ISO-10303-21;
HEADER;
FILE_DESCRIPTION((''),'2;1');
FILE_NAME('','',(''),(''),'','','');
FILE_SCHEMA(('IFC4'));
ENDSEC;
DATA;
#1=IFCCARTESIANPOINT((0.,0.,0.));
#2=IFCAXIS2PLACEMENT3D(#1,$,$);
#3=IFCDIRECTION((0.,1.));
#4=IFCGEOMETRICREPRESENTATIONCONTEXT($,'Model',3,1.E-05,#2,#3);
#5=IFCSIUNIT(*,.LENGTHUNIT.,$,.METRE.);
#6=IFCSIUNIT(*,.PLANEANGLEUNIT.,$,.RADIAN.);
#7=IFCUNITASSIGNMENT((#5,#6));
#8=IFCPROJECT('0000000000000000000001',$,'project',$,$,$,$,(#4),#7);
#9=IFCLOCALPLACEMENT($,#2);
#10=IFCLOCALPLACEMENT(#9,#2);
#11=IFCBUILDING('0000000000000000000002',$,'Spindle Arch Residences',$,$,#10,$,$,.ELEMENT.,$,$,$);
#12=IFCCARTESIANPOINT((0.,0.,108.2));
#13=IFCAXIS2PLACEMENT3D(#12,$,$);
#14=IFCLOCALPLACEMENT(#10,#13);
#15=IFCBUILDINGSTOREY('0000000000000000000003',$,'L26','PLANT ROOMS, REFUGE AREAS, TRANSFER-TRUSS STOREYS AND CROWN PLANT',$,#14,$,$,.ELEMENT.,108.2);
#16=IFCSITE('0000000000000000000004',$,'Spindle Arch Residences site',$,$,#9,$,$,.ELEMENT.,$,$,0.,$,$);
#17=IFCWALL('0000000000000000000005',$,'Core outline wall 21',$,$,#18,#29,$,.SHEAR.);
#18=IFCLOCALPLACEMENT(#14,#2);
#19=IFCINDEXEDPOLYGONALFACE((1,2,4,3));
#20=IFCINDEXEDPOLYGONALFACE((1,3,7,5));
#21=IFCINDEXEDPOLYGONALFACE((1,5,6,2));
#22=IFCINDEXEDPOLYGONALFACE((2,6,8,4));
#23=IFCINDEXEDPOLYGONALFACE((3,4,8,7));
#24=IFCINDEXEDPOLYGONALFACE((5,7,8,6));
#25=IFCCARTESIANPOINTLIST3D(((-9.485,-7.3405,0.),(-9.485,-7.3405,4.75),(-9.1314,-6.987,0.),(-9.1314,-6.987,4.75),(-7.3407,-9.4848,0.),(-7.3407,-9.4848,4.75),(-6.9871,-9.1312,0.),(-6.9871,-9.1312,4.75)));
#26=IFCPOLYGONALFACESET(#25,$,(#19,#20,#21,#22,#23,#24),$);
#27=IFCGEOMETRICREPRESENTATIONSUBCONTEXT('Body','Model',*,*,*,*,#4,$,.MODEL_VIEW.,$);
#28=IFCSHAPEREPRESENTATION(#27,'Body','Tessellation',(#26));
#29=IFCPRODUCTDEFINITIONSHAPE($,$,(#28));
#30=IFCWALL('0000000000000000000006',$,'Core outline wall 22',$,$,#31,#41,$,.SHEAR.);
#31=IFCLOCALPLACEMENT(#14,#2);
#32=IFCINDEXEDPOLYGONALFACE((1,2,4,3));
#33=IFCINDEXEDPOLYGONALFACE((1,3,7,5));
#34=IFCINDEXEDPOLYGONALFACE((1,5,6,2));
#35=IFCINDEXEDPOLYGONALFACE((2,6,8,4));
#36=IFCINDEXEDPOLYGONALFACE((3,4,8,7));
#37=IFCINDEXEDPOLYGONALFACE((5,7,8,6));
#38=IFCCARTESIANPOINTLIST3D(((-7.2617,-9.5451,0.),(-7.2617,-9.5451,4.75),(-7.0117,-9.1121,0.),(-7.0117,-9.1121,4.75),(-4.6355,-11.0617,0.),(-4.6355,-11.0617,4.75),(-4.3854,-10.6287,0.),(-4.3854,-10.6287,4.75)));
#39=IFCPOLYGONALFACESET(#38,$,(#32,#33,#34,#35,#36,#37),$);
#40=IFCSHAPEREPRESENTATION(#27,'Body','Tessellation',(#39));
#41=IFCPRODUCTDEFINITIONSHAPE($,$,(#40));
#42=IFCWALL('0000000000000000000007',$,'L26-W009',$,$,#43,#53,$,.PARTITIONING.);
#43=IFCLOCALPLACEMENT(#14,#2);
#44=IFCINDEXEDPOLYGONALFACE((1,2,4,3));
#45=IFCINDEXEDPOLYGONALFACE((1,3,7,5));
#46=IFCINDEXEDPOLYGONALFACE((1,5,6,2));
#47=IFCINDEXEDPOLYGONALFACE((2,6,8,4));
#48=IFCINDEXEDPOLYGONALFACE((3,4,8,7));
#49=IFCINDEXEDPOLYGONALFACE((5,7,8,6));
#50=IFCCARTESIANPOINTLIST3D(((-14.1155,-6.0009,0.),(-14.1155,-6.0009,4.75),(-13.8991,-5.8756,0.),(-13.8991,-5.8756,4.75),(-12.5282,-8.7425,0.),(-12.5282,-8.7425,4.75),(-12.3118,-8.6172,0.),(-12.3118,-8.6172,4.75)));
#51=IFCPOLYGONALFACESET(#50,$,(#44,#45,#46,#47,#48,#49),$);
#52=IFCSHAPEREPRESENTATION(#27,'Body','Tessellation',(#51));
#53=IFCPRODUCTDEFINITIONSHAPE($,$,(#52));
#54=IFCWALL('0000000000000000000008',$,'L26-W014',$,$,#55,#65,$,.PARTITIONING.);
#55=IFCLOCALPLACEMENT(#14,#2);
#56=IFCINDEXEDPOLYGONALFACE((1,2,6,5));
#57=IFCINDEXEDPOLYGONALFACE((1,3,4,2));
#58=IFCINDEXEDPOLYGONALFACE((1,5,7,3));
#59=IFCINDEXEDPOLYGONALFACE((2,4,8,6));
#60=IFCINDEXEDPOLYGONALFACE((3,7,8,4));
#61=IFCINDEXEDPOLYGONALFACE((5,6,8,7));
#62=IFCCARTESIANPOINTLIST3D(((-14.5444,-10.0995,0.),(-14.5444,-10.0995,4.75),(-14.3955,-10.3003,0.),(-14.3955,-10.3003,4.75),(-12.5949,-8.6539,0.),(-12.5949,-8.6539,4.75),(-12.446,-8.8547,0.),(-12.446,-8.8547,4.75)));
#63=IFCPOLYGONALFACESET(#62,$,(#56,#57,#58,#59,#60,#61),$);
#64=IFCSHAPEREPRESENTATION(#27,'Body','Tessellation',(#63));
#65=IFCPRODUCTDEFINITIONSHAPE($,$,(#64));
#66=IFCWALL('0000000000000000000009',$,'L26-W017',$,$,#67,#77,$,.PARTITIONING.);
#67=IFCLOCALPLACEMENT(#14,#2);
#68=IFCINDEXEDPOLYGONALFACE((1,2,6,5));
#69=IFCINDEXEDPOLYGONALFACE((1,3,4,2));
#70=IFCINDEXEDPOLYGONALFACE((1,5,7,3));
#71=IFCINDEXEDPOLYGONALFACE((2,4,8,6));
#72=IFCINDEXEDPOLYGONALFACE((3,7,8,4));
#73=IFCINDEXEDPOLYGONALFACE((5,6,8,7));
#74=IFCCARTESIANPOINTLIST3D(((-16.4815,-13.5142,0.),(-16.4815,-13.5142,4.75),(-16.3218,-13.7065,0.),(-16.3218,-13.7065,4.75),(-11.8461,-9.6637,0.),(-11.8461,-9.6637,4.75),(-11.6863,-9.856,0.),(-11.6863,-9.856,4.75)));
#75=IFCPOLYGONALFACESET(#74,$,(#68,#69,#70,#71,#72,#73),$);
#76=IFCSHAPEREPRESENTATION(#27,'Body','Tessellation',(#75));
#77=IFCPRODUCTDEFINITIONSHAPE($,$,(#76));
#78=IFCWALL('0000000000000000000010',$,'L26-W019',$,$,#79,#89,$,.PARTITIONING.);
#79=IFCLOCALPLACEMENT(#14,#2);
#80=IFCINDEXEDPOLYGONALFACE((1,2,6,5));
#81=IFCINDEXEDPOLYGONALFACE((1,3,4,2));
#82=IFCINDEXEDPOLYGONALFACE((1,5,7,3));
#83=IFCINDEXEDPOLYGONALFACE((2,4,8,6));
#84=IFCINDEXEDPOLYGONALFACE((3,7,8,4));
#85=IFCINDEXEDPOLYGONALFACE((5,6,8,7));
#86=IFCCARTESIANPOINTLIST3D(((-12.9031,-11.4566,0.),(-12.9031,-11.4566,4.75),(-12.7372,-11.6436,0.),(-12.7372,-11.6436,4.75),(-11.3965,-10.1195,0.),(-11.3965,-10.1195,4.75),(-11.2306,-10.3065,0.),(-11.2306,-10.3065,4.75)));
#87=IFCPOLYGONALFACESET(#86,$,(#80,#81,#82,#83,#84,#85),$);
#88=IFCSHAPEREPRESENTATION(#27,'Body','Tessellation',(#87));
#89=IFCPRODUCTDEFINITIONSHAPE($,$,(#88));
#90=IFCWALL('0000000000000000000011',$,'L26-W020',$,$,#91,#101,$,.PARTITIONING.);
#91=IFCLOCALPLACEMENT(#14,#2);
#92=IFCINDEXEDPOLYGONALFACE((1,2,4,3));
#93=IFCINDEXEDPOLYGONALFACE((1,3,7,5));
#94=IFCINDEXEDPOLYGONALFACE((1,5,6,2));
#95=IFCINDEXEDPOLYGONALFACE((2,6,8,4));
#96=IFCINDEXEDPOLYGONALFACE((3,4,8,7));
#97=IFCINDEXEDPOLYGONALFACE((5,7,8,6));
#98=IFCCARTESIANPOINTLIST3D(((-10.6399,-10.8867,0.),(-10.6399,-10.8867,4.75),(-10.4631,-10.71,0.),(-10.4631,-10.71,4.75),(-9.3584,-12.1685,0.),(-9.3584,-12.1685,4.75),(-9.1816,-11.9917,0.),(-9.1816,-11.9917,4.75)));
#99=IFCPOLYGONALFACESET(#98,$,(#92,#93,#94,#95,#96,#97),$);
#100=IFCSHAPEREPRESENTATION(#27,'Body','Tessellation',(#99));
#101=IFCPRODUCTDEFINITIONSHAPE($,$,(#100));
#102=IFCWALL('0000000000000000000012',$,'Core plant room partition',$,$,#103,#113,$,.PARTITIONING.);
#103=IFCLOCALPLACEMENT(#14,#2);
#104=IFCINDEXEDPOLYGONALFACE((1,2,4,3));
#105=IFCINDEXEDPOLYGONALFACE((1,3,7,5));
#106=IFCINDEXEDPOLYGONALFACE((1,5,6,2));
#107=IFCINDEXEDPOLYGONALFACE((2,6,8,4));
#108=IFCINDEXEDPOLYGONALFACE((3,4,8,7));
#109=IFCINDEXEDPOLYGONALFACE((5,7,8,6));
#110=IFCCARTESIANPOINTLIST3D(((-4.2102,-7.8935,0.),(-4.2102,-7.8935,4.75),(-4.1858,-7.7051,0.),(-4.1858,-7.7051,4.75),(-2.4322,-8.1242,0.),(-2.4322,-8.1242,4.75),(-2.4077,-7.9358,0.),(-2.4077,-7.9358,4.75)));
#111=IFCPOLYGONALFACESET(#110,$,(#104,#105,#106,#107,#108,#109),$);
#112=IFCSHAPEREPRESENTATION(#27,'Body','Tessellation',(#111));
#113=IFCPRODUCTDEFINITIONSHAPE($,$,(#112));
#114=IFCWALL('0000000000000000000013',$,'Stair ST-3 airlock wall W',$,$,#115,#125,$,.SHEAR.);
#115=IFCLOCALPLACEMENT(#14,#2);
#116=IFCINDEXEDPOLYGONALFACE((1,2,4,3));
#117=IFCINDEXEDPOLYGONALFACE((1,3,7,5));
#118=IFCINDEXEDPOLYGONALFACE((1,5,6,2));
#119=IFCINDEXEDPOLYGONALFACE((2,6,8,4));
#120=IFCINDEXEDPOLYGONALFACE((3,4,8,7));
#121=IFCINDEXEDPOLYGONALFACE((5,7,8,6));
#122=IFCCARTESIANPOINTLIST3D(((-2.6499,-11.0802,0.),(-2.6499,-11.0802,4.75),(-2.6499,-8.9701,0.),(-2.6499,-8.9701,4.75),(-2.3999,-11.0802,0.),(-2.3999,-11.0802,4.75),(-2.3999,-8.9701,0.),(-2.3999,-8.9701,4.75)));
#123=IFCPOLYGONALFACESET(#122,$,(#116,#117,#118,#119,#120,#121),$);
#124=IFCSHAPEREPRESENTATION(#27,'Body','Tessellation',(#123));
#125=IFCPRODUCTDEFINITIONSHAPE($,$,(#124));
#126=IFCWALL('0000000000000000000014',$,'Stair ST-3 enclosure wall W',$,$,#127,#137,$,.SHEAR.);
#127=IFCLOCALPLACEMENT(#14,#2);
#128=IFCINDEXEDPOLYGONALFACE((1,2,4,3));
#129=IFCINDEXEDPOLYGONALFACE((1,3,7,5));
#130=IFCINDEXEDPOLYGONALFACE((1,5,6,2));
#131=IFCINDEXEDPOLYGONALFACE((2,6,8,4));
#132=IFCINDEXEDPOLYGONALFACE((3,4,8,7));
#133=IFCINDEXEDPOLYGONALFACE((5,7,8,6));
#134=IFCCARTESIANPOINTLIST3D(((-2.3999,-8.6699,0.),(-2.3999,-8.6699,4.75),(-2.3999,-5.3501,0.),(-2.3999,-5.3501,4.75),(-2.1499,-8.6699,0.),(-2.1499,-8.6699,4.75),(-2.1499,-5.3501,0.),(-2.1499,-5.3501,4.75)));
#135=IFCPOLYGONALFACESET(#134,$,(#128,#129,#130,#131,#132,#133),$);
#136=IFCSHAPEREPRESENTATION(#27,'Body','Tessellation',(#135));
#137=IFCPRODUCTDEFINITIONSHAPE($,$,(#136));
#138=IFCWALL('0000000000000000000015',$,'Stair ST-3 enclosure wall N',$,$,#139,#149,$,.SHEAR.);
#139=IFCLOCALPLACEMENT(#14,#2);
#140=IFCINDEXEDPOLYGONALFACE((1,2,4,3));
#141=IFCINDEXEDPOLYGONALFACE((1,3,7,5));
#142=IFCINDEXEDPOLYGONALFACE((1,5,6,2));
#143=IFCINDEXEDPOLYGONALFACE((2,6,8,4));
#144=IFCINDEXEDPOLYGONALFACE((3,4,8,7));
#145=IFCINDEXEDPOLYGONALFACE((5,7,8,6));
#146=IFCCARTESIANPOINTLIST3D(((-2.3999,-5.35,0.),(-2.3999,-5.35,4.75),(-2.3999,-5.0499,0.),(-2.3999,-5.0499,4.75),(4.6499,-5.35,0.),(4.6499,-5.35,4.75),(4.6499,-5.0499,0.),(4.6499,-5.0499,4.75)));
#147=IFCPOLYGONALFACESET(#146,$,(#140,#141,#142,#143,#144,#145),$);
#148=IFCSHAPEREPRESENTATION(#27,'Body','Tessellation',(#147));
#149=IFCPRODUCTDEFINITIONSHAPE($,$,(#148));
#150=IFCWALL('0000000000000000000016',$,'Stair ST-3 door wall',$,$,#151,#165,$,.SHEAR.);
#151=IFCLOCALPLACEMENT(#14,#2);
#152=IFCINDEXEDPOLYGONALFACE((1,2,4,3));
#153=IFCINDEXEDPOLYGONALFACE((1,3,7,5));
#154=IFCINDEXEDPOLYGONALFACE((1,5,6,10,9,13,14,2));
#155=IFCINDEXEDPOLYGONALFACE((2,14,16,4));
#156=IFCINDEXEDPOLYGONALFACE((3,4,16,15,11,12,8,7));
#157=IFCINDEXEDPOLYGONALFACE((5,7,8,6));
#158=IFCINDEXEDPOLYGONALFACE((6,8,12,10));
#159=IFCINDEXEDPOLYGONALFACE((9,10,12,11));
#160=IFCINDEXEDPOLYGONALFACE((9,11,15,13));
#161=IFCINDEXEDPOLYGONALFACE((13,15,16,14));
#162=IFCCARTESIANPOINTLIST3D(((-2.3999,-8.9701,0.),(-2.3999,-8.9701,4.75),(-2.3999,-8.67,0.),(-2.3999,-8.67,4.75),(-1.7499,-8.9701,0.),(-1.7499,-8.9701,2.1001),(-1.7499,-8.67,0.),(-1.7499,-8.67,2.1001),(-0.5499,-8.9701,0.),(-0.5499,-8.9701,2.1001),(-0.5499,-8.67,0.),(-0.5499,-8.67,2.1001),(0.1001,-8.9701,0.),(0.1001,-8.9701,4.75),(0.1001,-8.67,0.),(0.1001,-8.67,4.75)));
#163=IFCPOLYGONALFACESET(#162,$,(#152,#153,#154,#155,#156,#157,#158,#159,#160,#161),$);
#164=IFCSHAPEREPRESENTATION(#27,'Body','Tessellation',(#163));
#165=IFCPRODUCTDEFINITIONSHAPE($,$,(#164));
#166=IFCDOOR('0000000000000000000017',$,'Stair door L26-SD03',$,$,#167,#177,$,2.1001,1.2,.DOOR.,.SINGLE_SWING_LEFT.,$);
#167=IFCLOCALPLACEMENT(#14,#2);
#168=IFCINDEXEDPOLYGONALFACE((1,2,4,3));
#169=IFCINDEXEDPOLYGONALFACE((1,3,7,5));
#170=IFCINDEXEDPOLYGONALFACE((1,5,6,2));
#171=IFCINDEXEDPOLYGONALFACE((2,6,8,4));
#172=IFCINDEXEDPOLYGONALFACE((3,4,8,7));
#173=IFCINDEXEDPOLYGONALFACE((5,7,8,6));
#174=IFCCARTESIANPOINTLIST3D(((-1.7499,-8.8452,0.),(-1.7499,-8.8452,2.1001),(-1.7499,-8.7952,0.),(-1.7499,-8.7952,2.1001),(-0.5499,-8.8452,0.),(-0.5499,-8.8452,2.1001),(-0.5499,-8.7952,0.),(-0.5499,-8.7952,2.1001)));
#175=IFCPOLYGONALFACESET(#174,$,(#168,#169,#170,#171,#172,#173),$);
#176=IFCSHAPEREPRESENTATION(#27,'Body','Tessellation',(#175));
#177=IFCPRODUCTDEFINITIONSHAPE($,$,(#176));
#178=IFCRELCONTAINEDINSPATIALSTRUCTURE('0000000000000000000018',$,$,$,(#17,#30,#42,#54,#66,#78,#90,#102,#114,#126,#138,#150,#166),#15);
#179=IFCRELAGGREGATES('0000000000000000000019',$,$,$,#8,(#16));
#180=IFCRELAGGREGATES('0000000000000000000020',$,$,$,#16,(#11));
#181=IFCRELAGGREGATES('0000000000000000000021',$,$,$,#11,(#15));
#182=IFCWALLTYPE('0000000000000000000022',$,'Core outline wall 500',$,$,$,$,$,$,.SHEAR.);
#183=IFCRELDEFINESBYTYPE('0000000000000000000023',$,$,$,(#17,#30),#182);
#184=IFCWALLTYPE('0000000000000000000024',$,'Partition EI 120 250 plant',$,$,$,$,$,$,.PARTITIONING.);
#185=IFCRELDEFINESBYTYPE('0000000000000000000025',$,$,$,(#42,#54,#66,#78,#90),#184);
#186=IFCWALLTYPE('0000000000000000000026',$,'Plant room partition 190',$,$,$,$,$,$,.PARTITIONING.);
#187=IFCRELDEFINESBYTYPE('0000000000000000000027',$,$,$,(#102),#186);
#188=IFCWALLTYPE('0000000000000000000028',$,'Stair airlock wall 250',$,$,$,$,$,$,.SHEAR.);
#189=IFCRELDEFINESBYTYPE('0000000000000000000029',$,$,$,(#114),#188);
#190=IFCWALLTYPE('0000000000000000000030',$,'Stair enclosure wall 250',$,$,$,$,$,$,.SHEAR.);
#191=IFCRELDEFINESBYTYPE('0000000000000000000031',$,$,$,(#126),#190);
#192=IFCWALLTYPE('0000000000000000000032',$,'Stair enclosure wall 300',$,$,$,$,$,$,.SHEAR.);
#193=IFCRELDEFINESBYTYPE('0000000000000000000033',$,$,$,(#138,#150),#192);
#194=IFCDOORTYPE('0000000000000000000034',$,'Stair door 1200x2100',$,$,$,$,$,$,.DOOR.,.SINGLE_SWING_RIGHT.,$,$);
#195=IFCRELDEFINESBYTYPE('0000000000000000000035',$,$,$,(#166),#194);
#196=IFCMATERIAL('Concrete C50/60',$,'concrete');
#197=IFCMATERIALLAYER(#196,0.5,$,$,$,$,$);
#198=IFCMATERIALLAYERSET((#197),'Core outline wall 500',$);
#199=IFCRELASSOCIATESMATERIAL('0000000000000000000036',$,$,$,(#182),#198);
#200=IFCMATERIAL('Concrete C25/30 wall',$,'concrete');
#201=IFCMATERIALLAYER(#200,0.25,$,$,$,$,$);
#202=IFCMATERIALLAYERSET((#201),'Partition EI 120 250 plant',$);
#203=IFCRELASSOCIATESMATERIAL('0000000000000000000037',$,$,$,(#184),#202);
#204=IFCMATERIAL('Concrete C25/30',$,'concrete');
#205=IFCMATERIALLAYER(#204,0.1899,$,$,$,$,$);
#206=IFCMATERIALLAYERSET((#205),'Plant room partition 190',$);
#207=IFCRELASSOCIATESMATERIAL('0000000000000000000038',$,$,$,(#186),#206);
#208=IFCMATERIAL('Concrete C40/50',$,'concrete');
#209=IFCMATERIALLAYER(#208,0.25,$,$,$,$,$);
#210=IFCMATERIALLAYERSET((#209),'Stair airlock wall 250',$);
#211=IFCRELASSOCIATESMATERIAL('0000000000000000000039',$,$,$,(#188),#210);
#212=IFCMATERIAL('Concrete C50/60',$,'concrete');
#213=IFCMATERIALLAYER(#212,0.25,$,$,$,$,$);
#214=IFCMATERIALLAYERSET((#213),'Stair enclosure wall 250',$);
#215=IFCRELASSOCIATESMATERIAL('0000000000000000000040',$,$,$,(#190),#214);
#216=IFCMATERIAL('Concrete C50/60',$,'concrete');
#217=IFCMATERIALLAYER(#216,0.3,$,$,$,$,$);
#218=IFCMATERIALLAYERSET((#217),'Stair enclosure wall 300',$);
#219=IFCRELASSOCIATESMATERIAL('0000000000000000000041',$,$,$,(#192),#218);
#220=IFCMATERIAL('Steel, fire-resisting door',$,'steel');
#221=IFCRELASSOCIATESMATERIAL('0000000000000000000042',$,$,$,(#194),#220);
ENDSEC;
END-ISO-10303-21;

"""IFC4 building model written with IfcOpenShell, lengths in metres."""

from ifc_helpers import new_model, si_unit, direction, frame, frame_2d, origin, place, context, subcontext, project, spatial, rectangle, extrude, material, layer, layer_set, type_object, element, fill, save


model = new_model("IFC4")

# Units and contexts
model_context = context("Model", 3, precision=1e-05, world=origin(), true_north=direction((0.0, 1.0)))
body_context = subcontext(model_context, "Body", "Model", "MODEL_VIEW")
ifc_project = project(units=[si_unit("LENGTHUNIT", "METRE"), si_unit("PLANEANGLEUNIT", "RADIAN")], contexts=[model_context])

# Site, building, storey
site_placement = place(None, origin())
site = spatial("IfcSite", under=ifc_project, at=site_placement, Name="Spindle Arch Residences site", CompositionType="ELEMENT", RefElevation=0.0)
building_placement = place(site_placement, origin())
building = spatial("IfcBuilding", under=site, at=building_placement, Name="Spindle Arch Residences", CompositionType="ELEMENT")
storey_placement = place(building_placement, frame((0.0, 0.0, 108.2)))
storey = spatial("IfcBuildingStorey", under=building, at=storey_placement, Name="L26", Description="PLANT ROOMS, REFUGE AREAS, TRANSFER-TRUSS STOREYS AND CROWN PLANT", CompositionType="ELEMENT", Elevation=108.2)

# Walls
ifc_material_1 = material(Name="Concrete C50/60", Category="concrete")
ifc_layer_1 = layer(ifc_material_1, 0.5)
ifc_layer_set_1 = layer_set([ifc_layer_1], Name="Core outline wall 500")
wall_type_1 = type_object("IfcWallType", Name="Core outline wall 500", PredefinedType="SHEAR", material=ifc_layer_set_1)
wall_1_placement = place(storey_placement, frame((-9.3081, -7.1638, 0.0), z_axis=(0.0, 0.0, 1.0), x_axis=(0.707107, -0.707107, 0.0)))
element("IfcWall", 1, at=wall_1_placement, inside=storey, type_object=wall_type_1, Name="Core outline wall 21", PredefinedType="SHEAR", context=body_context, shape_type="SweptSolid", body=[
    extrude(rectangle(XDim=3.0325, YDim=0.5, at=frame_2d((1.5161, 0.0))), origin(), (0.0, 0.0, 1.0), 4.75),
])
wall_2_placement = place(storey_placement, frame((-7.1367, -9.3286, 0.0), z_axis=(0.0, 0.0, 1.0), x_axis=(0.865975, -0.500087, 0.0)))
element("IfcWall", 2, at=wall_2_placement, inside=storey, type_object=wall_type_1, Name="Core outline wall 22", PredefinedType="SHEAR", context=body_context, shape_type="SweptSolid", body=[
    extrude(rectangle(XDim=3.0327, YDim=0.5, at=frame_2d((1.5164, 0.0))), origin(), (0.0, 0.0, 1.0), 4.75),
])
ifc_material_2 = material(Name="Concrete C25/30 wall", Category="concrete")
ifc_layer_2 = layer(ifc_material_2, 0.25)
ifc_layer_set_2 = layer_set([ifc_layer_2], Name="Partition EI 120 250 plant")
wall_type_2 = type_object("IfcWallType", Name="Partition EI 120 250 plant", PredefinedType="PARTITIONING", material=ifc_layer_set_2)
wall_3_placement = place(storey_placement, frame((-14.0073, -5.9382, 0.0), z_axis=(0.0, 0.0, 1.0), x_axis=(0.501061, -0.865412, 0.0)))
element("IfcWall", 3, at=wall_3_placement, inside=storey, type_object=wall_type_2, Name="L26-W009", PredefinedType="PARTITIONING", context=body_context, shape_type="SweptSolid", body=[
    extrude(rectangle(XDim=3.168, YDim=0.25, at=frame_2d((1.584, 0.0))), origin(), (0.0, 0.0, 1.0), 4.75),
])
wall_4_placement = place(storey_placement, frame((-12.5205, -8.7544, 0.0), z_axis=(0.0, 0.0, 1.0), x_axis=(-0.803259, -0.595629, 0.0)))
element("IfcWall", 4, at=wall_4_placement, inside=storey, type_object=wall_type_2, Name="L26-W014", PredefinedType="PARTITIONING", context=body_context, shape_type="SweptSolid", body=[
    extrude(rectangle(XDim=2.427, YDim=0.25, at=frame_2d((1.2134, 0.0))), origin(), (0.0, 0.0, 1.0), 4.75),
])
wall_5_placement = place(storey_placement, frame((-11.7661, -9.7598, 0.0), z_axis=(0.0, 0.0, 1.0), x_axis=(-0.769227, -0.638976, 0.0)))
element("IfcWall", 5, at=wall_5_placement, inside=storey, type_object=wall_type_2, Name="L26-W017", PredefinedType="PARTITIONING", context=body_context, shape_type="SweptSolid", body=[
    extrude(rectangle(XDim=6.0261, YDim=0.25, at=frame_2d((3.0132, 0.0))), origin(), (0.0, 0.0, 1.0), 4.75),
])
wall_6_placement = place(storey_placement, frame((-11.3135, -10.2129, 0.0), z_axis=(0.0, 0.0, 1.0), x_axis=(-0.747911, -0.663799, 0.0)))
element("IfcWall", 6, at=wall_6_placement, inside=storey, type_object=wall_type_2, Name="L26-W019", PredefinedType="PARTITIONING", context=body_context, shape_type="SweptSolid", body=[
    extrude(rectangle(XDim=2.0144, YDim=0.25, at=frame_2d((1.0073, 0.0))), origin(), (0.0, 0.0, 1.0), 4.75),
])
wall_7_placement = place(storey_placement, frame((-10.5515, -10.7983, 0.0), z_axis=(0.0, 0.0, 1.0), x_axis=(0.707039, -0.707174, 0.0)))
element("IfcWall", 7, at=wall_7_placement, inside=storey, type_object=wall_type_2, Name="L26-W020", PredefinedType="PARTITIONING", context=body_context, shape_type="SweptSolid", body=[
    extrude(rectangle(XDim=1.8125, YDim=0.25, at=frame_2d((0.9062, 0.0))), origin(), (0.0, 0.0, 1.0), 4.75),
])

# Shared definitions
ifc_material_3 = material(Name="Concrete C25/30", Category="concrete")
ifc_layer_3 = layer(ifc_material_3, 0.1899)
ifc_layer_set_3 = layer_set([ifc_layer_3], Name="Plant room partition 190")
wall_type_3 = type_object("IfcWallType", Name="Plant room partition 190", PredefinedType="PARTITIONING", material=ifc_layer_set_3)

# Walls
wall_8_placement = place(storey_placement, frame((-4.198, -7.7993, 0.0), z_axis=(0.0, 0.0, 1.0), x_axis=(0.991687, -0.128676, 0.0)))
element("IfcWall", 8, at=wall_8_placement, inside=storey, type_object=wall_type_3, Name="Core plant room partition", PredefinedType="PARTITIONING", context=body_context, shape_type="SweptSolid", body=[
    extrude(rectangle(XDim=1.793, YDim=0.1899, at=frame_2d((0.8965, 0.0))), origin(), (0.0, 0.0, 1.0), 4.75),
])
ifc_material_4 = material(Name="Concrete C40/50", Category="concrete")
ifc_layer_4 = layer(ifc_material_4, 0.25)
ifc_layer_set_4 = layer_set([ifc_layer_4], Name="Stair airlock wall 250")
wall_type_4 = type_object("IfcWallType", Name="Stair airlock wall 250", PredefinedType="SHEAR", material=ifc_layer_set_4)
wall_9_placement = place(storey_placement, frame((-2.5249, -8.97, 0.0), z_axis=(0.0, 0.0, 1.0), x_axis=(0.0, -1.0, 0.0)))
element("IfcWall", 9, at=wall_9_placement, inside=storey, type_object=wall_type_4, Name="Stair ST-3 airlock wall W", PredefinedType="SHEAR", context=body_context, shape_type="SweptSolid", body=[
    extrude(rectangle(XDim=2.1101, YDim=0.25, at=frame_2d((1.0552, 0.0))), origin(), (0.0, 0.0, 1.0), 4.75),
])
ifc_material_5 = material(Name="Concrete C50/60", Category="concrete")
ifc_layer_5 = layer(ifc_material_5, 0.25)
ifc_layer_set_5 = layer_set([ifc_layer_5], Name="Stair enclosure wall 250")
wall_type_5 = type_object("IfcWallType", Name="Stair enclosure wall 250", PredefinedType="SHEAR", material=ifc_layer_set_5)
wall_10_placement = place(storey_placement, frame((-2.2749, -8.6699, 0.0), z_axis=(0.0, 0.0, 1.0), x_axis=(0.0, 1.0, 0.0)))
element("IfcWall", 10, at=wall_10_placement, inside=storey, type_object=wall_type_5, Name="Stair ST-3 enclosure wall W", PredefinedType="SHEAR", context=body_context, shape_type="SweptSolid", body=[
    extrude(rectangle(XDim=3.3198, YDim=0.25, at=frame_2d((1.6599, 0.0))), origin(), (0.0, 0.0, 1.0), 4.75),
])
ifc_material_6 = material(Name="Concrete C50/60", Category="concrete")
ifc_layer_6 = layer(ifc_material_6, 0.3)
ifc_layer_set_6 = layer_set([ifc_layer_6], Name="Stair enclosure wall 300")
wall_type_6 = type_object("IfcWallType", Name="Stair enclosure wall 300", PredefinedType="SHEAR", material=ifc_layer_set_6)
wall_11_placement = place(storey_placement, frame((-2.3999, -5.2, 0.0), z_axis=(0.0, 0.0, 1.0), x_axis=(1.0, 0.0, 0.0)))
element("IfcWall", 11, at=wall_11_placement, inside=storey, type_object=wall_type_6, Name="Stair ST-3 enclosure wall N", PredefinedType="SHEAR", context=body_context, shape_type="SweptSolid", body=[
    extrude(rectangle(XDim=7.0498, YDim=0.3, at=frame_2d((3.5249, 0.0))), origin(), (0.0, 0.0, 1.0), 4.75),
])

# Wall, opening, door
wall_12_placement = place(storey_placement, frame((-2.3999, -8.8201, 0.0), z_axis=(0.0, 0.0, 1.0), x_axis=(1.0, 0.0, 0.0)))
wall_12 = element("IfcWall", 12, at=wall_12_placement, inside=storey, type_object=wall_type_6, Name="Stair ST-3 door wall", PredefinedType="SHEAR", context=body_context, shape_type="SweptSolid", body=[
    extrude(rectangle(XDim=2.5, YDim=0.3, at=frame_2d((1.25, 0.0))), origin(), (0.0, 0.0, 1.0), 4.75),
])
opening_1_placement = place(wall_12_placement, frame((0.6499, 0.0, 0.0)))
opening_1 = element("IfcOpeningElement", 13, at=opening_1_placement, cuts=wall_12, PredefinedType="OPENING", context=body_context, shape_type="SweptSolid", body=[
    extrude(rectangle(XDim=1.2, YDim=2.1001, at=frame_2d((0.6001, 1.05))), frame((0.0, 0.1602, 0.0), z_axis=(0.0, -1.0, 0.0), x_axis=(1.0, 0.0, 0.0)), (0.0, 0.0, 1.0), 0.3201),
])
ifc_material_7 = material(Name="Steel, fire-resisting door", Category="steel")
door_type_1 = type_object("IfcDoorType", Name="Stair door 1200x2100", OperationType="SINGLE_SWING_RIGHT", PredefinedType="DOOR", material=ifc_material_7)
door_1_placement = place(opening_1_placement, origin())
door_1 = element("IfcDoor", 14, at=door_1_placement, inside=storey, type_object=door_type_1, Name="Stair door L26-SD03", OperationType="SINGLE_SWING_LEFT", OverallHeight=2.1001, OverallWidth=1.2, PredefinedType="DOOR", context=body_context, shape_type="SweptSolid", body=[
    extrude(rectangle(XDim=1.2, YDim=2.1001, at=frame_2d((0.6001, 1.05))), frame((0.0, 0.0249, 0.0), z_axis=(0.0, -1.0, 0.0), x_axis=(1.0, 0.0, 0.0)), (0.0, 0.0, 1.0), 0.05),
])
fill(opening_1, door_1)

save(model, "model.ifc")
